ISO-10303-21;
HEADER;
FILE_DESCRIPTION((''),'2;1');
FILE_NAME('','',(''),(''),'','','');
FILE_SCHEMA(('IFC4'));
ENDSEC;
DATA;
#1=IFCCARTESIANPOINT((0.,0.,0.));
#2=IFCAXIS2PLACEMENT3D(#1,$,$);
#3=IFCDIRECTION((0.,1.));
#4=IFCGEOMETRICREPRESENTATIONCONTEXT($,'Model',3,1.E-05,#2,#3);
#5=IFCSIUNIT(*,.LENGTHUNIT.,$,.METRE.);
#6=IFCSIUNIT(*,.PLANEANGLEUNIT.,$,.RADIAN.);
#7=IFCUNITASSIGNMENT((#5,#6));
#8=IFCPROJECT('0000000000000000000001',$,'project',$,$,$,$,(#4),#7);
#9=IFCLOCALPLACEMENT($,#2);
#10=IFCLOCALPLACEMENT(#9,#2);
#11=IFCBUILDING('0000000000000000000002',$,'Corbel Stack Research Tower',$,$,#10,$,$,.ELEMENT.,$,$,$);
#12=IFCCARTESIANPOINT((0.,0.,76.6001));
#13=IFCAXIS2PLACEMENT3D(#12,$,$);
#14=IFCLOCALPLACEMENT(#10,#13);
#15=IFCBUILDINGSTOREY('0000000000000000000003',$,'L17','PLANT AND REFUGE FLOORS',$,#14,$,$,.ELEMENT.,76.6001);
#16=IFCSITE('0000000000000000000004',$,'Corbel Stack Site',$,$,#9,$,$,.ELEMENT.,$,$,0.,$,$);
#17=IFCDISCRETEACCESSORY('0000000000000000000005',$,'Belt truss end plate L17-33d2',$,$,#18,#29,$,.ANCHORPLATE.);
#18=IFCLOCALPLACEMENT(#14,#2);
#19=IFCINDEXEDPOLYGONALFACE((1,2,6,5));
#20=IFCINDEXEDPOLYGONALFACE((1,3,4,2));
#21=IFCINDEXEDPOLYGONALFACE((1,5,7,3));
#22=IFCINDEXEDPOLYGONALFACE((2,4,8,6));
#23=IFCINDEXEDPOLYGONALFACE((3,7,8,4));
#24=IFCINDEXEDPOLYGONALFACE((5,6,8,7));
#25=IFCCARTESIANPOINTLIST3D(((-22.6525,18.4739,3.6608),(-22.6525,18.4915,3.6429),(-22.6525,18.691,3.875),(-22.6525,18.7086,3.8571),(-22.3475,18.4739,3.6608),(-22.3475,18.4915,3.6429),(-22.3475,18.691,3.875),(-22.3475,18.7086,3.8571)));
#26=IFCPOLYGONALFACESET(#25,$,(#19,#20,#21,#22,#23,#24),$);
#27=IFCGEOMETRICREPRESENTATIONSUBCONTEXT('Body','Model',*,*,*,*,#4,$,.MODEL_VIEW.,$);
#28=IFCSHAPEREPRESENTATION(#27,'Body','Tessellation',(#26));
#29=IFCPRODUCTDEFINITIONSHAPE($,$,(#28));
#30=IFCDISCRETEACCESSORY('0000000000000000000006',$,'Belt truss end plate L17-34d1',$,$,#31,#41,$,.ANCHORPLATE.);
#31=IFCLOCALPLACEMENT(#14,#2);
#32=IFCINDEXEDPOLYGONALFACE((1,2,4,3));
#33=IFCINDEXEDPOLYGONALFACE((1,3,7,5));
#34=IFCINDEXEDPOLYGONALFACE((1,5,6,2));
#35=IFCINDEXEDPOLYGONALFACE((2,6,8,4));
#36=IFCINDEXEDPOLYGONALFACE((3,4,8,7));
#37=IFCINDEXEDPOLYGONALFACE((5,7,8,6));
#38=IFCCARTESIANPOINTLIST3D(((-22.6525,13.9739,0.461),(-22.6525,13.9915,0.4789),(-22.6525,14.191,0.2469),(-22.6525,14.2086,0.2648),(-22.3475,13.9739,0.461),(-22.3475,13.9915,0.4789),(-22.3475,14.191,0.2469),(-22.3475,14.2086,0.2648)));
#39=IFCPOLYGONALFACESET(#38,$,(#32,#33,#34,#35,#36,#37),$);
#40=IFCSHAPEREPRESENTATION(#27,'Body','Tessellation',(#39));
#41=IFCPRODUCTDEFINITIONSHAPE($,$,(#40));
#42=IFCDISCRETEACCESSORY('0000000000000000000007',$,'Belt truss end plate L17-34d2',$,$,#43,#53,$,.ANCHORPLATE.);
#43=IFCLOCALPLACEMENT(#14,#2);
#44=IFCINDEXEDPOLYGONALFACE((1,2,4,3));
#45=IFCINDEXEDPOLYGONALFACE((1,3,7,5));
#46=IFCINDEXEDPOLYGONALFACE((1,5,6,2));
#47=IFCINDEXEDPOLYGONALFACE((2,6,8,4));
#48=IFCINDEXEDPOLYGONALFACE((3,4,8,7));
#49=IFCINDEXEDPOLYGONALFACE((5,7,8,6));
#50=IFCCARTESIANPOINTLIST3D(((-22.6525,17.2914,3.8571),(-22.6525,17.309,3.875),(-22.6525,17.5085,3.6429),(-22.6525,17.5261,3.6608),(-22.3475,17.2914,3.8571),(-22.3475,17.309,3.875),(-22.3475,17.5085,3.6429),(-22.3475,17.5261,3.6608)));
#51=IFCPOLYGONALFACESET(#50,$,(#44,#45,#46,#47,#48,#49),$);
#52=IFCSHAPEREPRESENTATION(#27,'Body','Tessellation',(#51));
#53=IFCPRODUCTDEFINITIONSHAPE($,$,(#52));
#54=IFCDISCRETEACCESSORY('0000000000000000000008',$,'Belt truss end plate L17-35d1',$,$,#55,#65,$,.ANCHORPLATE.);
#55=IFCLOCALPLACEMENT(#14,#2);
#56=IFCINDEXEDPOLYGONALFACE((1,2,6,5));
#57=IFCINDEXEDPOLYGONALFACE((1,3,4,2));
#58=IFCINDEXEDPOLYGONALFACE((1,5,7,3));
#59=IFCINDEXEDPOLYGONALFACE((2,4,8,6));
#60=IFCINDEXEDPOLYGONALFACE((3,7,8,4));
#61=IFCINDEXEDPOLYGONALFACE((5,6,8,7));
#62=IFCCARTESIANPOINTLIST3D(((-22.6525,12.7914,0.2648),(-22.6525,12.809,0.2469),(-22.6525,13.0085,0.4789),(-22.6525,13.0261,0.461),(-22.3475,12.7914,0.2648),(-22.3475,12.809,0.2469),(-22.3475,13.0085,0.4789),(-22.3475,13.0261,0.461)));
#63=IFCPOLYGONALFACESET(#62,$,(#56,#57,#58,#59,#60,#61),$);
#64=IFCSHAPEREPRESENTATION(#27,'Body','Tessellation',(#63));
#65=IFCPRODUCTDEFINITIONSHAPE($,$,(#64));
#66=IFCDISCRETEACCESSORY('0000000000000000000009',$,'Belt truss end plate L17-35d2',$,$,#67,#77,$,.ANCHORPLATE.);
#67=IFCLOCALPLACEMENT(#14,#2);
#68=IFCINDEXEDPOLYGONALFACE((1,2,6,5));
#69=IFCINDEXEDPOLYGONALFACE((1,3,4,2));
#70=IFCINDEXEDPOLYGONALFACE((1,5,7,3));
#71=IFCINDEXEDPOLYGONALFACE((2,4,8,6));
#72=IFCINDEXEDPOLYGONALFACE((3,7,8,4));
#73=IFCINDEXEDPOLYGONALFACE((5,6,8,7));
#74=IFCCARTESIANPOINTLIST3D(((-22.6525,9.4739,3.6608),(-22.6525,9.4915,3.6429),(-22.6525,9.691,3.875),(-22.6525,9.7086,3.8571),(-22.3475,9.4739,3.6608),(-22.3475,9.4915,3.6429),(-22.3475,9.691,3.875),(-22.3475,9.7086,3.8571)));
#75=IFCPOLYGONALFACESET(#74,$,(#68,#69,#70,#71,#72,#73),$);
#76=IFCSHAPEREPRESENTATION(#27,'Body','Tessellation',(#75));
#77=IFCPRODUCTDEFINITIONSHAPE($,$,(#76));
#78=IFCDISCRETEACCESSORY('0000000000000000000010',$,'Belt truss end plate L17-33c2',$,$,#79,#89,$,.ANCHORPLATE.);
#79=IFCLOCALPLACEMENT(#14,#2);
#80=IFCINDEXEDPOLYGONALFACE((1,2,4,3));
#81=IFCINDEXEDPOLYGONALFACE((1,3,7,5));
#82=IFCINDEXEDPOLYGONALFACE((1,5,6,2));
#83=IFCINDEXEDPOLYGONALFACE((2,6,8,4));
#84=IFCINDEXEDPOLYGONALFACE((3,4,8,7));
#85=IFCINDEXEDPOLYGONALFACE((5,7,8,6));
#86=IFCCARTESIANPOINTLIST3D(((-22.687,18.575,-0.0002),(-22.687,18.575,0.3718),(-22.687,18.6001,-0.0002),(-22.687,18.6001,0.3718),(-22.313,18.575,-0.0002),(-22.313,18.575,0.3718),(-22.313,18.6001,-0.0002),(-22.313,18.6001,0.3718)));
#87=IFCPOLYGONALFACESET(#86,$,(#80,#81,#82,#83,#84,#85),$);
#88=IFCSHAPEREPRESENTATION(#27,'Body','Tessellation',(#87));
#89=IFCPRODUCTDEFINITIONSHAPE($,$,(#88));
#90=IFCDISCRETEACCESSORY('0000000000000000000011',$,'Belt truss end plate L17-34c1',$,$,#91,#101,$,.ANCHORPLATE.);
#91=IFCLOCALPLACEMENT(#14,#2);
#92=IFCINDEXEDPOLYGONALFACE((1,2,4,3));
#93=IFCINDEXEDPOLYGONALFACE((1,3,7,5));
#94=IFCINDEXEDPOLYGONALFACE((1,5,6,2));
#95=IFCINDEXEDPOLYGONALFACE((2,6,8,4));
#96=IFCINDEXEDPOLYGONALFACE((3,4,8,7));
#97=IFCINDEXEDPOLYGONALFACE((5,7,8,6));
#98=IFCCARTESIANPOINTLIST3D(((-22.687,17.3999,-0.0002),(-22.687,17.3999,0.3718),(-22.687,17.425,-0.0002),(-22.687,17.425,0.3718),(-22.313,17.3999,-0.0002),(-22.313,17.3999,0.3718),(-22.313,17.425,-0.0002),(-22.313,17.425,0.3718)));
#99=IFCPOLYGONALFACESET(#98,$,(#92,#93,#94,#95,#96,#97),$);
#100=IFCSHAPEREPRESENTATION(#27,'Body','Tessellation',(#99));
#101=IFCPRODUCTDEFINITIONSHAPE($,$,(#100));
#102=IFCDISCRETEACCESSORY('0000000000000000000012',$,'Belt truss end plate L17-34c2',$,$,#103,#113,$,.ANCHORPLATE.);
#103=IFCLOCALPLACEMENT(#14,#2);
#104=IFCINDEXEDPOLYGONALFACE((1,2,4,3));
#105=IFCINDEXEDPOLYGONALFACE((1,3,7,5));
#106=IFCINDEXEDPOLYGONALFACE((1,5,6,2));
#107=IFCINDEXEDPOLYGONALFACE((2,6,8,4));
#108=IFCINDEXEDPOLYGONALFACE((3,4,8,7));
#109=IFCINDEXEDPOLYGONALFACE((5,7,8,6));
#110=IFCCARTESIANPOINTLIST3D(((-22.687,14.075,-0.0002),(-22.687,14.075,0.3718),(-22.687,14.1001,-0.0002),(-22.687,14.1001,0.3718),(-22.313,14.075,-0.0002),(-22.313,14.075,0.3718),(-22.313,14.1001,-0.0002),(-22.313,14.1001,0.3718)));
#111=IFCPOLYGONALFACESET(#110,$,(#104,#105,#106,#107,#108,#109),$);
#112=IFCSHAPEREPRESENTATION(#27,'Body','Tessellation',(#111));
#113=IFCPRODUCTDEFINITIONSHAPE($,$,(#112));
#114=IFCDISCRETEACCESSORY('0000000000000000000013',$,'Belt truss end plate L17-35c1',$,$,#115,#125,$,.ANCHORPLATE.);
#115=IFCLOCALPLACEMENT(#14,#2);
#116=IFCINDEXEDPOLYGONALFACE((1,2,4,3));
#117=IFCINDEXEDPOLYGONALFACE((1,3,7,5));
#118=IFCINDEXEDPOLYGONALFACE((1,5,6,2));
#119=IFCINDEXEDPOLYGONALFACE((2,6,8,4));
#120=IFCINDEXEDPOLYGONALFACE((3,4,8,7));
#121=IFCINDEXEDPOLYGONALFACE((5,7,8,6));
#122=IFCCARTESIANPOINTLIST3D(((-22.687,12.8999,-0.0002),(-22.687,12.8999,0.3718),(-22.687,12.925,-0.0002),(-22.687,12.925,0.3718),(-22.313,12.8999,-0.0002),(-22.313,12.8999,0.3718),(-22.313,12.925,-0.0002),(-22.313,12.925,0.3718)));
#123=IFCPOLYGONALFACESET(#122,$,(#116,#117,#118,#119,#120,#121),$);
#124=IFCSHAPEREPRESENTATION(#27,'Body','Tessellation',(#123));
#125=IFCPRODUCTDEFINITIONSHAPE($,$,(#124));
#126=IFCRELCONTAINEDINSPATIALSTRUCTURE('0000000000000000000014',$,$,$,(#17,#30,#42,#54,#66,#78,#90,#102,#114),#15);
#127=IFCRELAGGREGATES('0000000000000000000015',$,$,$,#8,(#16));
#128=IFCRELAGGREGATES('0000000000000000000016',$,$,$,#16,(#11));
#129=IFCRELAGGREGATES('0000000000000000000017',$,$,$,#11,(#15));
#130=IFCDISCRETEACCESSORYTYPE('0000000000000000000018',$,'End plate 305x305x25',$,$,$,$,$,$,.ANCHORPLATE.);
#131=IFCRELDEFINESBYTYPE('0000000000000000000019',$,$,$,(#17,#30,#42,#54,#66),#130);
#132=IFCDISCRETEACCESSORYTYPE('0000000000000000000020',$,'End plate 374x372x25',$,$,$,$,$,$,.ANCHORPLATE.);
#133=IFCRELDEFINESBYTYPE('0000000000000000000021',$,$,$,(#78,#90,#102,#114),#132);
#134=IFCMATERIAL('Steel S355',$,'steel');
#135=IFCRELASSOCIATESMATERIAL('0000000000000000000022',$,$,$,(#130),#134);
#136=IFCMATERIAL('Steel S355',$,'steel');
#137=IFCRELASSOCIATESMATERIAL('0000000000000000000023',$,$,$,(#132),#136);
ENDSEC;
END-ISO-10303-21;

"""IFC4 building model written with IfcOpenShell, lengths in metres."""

from ifc_helpers import new_model, si_unit, direction, frame, origin, origin_2d, place, context, subcontext, project, spatial, rectangle, extrude, material, material_profile, profile_set, type_object, element, save


model = new_model("IFC4")

# Units and contexts
model_context = context("Model", 3, precision=1e-05, world=origin(), true_north=direction((0.0, 1.0)))
body_context = subcontext(model_context, "Body", "Model", "MODEL_VIEW")
ifc_project = project(units=[si_unit("LENGTHUNIT", "METRE"), si_unit("PLANEANGLEUNIT", "RADIAN")], contexts=[model_context])

# Site, building, storey
site_placement = place(None, origin())
site = spatial("IfcSite", under=ifc_project, at=site_placement, Name="Corbel Stack Site", CompositionType="ELEMENT", RefElevation=0.0)
building_placement = place(site_placement, origin())
building = spatial("IfcBuilding", under=site, at=building_placement, Name="Corbel Stack Research Tower", CompositionType="ELEMENT")
storey_placement = place(building_placement, frame((0.0, 0.0, 76.6001)))
storey = spatial("IfcBuildingStorey", under=building, at=storey_placement, Name="L17", Description="PLANT AND REFUGE FLOORS", CompositionType="ELEMENT", Elevation=76.6001)

# Discrete accessories
ifc_material_1 = material(Name="Steel S355", Category="steel")
ifc_material_profile_1 = material_profile(ifc_material_1, rectangle(XDim=0.3049, YDim=0.3049, at=origin_2d()), Name="End plate 305x305x25")
ifc_profile_set_1 = profile_set([ifc_material_profile_1], Name="Steel S355")
discrete_accessory_type_1 = type_object("IfcDiscreteAccessoryType", Name="End plate 305x305x25", PredefinedType="ANCHORPLATE", material=ifc_profile_set_1)
for number, where, z_axis, x_axis, name in (
    (1, (-22.5, 18.6001, 3.75), (0.0, -0.702213, 0.711966), (1.0, 0.0, 0.0), "Belt truss end plate L17-33d2"),
    (2, (-22.5, 14.1001, 0.3718), (0.0, -0.702213, -0.711966), (1.0, 0.0, 0.0), "Belt truss end plate L17-34d1"),
    (3, (-22.5, 17.3999, 3.75), (0.0, 0.702213, 0.711966), (-1.0, 0.0, 0.0), "Belt truss end plate L17-34d2"),
    (4, (-22.5, 12.8999, 0.3718), (0.0, 0.702213, -0.711966), (-1.0, 0.0, 0.0), "Belt truss end plate L17-35d1"),
    (5, (-22.5, 9.6001, 3.75), (0.0, -0.702213, 0.711966), (1.0, 0.0, 0.0), "Belt truss end plate L17-35d2"),
):
    element("IfcDiscreteAccessory", number, at=place(storey_placement, frame(where, z_axis=z_axis, x_axis=x_axis)), inside=storey, type_object=discrete_accessory_type_1, Name=name, PredefinedType="ANCHORPLATE", context=body_context, shape_type="SweptSolid", body=[
        extrude(rectangle(XDim=0.3049, YDim=0.3049, at=origin_2d()), origin(), (0.0, 0.0, 1.0), 0.0251),
    ])
ifc_material_2 = material(Name="Steel S355", Category="steel")
ifc_material_profile_2 = material_profile(ifc_material_2, rectangle(XDim=0.374, YDim=0.3721, at=origin_2d()), Name="End plate 374x372x25")
ifc_profile_set_2 = profile_set([ifc_material_profile_2], Name="Steel S355")
discrete_accessory_type_2 = type_object("IfcDiscreteAccessoryType", Name="End plate 374x372x25", PredefinedType="ANCHORPLATE", material=ifc_profile_set_2)
for number, where, z_axis, x_axis, name in (
    (6, (-22.5, 18.6001, 0.1858), (0.0, -1.0, 0.0), (1.0, 0.0, 0.0), "Belt truss end plate L17-33c2"),
    (7, (-22.5, 17.3999, 0.1858), (0.0, 1.0, 0.0), (-1.0, 0.0, 0.0), "Belt truss end plate L17-34c1"),
    (8, (-22.5, 14.1001, 0.1858), (0.0, -1.0, 0.0), (1.0, 0.0, 0.0), "Belt truss end plate L17-34c2"),
    (9, (-22.5, 12.8999, 0.1858), (0.0, 1.0, 0.0), (-1.0, 0.0, 0.0), "Belt truss end plate L17-35c1"),
):
    element("IfcDiscreteAccessory", number, at=place(storey_placement, frame(where, z_axis=z_axis, x_axis=x_axis)), inside=storey, type_object=discrete_accessory_type_2, Name=name, PredefinedType="ANCHORPLATE", context=body_context, shape_type="SweptSolid", body=[
        extrude(rectangle(XDim=0.374, YDim=0.3721, at=origin_2d()), origin(), (0.0, 0.0, 1.0), 0.0251),
    ])

save(model, "model.ifc")
